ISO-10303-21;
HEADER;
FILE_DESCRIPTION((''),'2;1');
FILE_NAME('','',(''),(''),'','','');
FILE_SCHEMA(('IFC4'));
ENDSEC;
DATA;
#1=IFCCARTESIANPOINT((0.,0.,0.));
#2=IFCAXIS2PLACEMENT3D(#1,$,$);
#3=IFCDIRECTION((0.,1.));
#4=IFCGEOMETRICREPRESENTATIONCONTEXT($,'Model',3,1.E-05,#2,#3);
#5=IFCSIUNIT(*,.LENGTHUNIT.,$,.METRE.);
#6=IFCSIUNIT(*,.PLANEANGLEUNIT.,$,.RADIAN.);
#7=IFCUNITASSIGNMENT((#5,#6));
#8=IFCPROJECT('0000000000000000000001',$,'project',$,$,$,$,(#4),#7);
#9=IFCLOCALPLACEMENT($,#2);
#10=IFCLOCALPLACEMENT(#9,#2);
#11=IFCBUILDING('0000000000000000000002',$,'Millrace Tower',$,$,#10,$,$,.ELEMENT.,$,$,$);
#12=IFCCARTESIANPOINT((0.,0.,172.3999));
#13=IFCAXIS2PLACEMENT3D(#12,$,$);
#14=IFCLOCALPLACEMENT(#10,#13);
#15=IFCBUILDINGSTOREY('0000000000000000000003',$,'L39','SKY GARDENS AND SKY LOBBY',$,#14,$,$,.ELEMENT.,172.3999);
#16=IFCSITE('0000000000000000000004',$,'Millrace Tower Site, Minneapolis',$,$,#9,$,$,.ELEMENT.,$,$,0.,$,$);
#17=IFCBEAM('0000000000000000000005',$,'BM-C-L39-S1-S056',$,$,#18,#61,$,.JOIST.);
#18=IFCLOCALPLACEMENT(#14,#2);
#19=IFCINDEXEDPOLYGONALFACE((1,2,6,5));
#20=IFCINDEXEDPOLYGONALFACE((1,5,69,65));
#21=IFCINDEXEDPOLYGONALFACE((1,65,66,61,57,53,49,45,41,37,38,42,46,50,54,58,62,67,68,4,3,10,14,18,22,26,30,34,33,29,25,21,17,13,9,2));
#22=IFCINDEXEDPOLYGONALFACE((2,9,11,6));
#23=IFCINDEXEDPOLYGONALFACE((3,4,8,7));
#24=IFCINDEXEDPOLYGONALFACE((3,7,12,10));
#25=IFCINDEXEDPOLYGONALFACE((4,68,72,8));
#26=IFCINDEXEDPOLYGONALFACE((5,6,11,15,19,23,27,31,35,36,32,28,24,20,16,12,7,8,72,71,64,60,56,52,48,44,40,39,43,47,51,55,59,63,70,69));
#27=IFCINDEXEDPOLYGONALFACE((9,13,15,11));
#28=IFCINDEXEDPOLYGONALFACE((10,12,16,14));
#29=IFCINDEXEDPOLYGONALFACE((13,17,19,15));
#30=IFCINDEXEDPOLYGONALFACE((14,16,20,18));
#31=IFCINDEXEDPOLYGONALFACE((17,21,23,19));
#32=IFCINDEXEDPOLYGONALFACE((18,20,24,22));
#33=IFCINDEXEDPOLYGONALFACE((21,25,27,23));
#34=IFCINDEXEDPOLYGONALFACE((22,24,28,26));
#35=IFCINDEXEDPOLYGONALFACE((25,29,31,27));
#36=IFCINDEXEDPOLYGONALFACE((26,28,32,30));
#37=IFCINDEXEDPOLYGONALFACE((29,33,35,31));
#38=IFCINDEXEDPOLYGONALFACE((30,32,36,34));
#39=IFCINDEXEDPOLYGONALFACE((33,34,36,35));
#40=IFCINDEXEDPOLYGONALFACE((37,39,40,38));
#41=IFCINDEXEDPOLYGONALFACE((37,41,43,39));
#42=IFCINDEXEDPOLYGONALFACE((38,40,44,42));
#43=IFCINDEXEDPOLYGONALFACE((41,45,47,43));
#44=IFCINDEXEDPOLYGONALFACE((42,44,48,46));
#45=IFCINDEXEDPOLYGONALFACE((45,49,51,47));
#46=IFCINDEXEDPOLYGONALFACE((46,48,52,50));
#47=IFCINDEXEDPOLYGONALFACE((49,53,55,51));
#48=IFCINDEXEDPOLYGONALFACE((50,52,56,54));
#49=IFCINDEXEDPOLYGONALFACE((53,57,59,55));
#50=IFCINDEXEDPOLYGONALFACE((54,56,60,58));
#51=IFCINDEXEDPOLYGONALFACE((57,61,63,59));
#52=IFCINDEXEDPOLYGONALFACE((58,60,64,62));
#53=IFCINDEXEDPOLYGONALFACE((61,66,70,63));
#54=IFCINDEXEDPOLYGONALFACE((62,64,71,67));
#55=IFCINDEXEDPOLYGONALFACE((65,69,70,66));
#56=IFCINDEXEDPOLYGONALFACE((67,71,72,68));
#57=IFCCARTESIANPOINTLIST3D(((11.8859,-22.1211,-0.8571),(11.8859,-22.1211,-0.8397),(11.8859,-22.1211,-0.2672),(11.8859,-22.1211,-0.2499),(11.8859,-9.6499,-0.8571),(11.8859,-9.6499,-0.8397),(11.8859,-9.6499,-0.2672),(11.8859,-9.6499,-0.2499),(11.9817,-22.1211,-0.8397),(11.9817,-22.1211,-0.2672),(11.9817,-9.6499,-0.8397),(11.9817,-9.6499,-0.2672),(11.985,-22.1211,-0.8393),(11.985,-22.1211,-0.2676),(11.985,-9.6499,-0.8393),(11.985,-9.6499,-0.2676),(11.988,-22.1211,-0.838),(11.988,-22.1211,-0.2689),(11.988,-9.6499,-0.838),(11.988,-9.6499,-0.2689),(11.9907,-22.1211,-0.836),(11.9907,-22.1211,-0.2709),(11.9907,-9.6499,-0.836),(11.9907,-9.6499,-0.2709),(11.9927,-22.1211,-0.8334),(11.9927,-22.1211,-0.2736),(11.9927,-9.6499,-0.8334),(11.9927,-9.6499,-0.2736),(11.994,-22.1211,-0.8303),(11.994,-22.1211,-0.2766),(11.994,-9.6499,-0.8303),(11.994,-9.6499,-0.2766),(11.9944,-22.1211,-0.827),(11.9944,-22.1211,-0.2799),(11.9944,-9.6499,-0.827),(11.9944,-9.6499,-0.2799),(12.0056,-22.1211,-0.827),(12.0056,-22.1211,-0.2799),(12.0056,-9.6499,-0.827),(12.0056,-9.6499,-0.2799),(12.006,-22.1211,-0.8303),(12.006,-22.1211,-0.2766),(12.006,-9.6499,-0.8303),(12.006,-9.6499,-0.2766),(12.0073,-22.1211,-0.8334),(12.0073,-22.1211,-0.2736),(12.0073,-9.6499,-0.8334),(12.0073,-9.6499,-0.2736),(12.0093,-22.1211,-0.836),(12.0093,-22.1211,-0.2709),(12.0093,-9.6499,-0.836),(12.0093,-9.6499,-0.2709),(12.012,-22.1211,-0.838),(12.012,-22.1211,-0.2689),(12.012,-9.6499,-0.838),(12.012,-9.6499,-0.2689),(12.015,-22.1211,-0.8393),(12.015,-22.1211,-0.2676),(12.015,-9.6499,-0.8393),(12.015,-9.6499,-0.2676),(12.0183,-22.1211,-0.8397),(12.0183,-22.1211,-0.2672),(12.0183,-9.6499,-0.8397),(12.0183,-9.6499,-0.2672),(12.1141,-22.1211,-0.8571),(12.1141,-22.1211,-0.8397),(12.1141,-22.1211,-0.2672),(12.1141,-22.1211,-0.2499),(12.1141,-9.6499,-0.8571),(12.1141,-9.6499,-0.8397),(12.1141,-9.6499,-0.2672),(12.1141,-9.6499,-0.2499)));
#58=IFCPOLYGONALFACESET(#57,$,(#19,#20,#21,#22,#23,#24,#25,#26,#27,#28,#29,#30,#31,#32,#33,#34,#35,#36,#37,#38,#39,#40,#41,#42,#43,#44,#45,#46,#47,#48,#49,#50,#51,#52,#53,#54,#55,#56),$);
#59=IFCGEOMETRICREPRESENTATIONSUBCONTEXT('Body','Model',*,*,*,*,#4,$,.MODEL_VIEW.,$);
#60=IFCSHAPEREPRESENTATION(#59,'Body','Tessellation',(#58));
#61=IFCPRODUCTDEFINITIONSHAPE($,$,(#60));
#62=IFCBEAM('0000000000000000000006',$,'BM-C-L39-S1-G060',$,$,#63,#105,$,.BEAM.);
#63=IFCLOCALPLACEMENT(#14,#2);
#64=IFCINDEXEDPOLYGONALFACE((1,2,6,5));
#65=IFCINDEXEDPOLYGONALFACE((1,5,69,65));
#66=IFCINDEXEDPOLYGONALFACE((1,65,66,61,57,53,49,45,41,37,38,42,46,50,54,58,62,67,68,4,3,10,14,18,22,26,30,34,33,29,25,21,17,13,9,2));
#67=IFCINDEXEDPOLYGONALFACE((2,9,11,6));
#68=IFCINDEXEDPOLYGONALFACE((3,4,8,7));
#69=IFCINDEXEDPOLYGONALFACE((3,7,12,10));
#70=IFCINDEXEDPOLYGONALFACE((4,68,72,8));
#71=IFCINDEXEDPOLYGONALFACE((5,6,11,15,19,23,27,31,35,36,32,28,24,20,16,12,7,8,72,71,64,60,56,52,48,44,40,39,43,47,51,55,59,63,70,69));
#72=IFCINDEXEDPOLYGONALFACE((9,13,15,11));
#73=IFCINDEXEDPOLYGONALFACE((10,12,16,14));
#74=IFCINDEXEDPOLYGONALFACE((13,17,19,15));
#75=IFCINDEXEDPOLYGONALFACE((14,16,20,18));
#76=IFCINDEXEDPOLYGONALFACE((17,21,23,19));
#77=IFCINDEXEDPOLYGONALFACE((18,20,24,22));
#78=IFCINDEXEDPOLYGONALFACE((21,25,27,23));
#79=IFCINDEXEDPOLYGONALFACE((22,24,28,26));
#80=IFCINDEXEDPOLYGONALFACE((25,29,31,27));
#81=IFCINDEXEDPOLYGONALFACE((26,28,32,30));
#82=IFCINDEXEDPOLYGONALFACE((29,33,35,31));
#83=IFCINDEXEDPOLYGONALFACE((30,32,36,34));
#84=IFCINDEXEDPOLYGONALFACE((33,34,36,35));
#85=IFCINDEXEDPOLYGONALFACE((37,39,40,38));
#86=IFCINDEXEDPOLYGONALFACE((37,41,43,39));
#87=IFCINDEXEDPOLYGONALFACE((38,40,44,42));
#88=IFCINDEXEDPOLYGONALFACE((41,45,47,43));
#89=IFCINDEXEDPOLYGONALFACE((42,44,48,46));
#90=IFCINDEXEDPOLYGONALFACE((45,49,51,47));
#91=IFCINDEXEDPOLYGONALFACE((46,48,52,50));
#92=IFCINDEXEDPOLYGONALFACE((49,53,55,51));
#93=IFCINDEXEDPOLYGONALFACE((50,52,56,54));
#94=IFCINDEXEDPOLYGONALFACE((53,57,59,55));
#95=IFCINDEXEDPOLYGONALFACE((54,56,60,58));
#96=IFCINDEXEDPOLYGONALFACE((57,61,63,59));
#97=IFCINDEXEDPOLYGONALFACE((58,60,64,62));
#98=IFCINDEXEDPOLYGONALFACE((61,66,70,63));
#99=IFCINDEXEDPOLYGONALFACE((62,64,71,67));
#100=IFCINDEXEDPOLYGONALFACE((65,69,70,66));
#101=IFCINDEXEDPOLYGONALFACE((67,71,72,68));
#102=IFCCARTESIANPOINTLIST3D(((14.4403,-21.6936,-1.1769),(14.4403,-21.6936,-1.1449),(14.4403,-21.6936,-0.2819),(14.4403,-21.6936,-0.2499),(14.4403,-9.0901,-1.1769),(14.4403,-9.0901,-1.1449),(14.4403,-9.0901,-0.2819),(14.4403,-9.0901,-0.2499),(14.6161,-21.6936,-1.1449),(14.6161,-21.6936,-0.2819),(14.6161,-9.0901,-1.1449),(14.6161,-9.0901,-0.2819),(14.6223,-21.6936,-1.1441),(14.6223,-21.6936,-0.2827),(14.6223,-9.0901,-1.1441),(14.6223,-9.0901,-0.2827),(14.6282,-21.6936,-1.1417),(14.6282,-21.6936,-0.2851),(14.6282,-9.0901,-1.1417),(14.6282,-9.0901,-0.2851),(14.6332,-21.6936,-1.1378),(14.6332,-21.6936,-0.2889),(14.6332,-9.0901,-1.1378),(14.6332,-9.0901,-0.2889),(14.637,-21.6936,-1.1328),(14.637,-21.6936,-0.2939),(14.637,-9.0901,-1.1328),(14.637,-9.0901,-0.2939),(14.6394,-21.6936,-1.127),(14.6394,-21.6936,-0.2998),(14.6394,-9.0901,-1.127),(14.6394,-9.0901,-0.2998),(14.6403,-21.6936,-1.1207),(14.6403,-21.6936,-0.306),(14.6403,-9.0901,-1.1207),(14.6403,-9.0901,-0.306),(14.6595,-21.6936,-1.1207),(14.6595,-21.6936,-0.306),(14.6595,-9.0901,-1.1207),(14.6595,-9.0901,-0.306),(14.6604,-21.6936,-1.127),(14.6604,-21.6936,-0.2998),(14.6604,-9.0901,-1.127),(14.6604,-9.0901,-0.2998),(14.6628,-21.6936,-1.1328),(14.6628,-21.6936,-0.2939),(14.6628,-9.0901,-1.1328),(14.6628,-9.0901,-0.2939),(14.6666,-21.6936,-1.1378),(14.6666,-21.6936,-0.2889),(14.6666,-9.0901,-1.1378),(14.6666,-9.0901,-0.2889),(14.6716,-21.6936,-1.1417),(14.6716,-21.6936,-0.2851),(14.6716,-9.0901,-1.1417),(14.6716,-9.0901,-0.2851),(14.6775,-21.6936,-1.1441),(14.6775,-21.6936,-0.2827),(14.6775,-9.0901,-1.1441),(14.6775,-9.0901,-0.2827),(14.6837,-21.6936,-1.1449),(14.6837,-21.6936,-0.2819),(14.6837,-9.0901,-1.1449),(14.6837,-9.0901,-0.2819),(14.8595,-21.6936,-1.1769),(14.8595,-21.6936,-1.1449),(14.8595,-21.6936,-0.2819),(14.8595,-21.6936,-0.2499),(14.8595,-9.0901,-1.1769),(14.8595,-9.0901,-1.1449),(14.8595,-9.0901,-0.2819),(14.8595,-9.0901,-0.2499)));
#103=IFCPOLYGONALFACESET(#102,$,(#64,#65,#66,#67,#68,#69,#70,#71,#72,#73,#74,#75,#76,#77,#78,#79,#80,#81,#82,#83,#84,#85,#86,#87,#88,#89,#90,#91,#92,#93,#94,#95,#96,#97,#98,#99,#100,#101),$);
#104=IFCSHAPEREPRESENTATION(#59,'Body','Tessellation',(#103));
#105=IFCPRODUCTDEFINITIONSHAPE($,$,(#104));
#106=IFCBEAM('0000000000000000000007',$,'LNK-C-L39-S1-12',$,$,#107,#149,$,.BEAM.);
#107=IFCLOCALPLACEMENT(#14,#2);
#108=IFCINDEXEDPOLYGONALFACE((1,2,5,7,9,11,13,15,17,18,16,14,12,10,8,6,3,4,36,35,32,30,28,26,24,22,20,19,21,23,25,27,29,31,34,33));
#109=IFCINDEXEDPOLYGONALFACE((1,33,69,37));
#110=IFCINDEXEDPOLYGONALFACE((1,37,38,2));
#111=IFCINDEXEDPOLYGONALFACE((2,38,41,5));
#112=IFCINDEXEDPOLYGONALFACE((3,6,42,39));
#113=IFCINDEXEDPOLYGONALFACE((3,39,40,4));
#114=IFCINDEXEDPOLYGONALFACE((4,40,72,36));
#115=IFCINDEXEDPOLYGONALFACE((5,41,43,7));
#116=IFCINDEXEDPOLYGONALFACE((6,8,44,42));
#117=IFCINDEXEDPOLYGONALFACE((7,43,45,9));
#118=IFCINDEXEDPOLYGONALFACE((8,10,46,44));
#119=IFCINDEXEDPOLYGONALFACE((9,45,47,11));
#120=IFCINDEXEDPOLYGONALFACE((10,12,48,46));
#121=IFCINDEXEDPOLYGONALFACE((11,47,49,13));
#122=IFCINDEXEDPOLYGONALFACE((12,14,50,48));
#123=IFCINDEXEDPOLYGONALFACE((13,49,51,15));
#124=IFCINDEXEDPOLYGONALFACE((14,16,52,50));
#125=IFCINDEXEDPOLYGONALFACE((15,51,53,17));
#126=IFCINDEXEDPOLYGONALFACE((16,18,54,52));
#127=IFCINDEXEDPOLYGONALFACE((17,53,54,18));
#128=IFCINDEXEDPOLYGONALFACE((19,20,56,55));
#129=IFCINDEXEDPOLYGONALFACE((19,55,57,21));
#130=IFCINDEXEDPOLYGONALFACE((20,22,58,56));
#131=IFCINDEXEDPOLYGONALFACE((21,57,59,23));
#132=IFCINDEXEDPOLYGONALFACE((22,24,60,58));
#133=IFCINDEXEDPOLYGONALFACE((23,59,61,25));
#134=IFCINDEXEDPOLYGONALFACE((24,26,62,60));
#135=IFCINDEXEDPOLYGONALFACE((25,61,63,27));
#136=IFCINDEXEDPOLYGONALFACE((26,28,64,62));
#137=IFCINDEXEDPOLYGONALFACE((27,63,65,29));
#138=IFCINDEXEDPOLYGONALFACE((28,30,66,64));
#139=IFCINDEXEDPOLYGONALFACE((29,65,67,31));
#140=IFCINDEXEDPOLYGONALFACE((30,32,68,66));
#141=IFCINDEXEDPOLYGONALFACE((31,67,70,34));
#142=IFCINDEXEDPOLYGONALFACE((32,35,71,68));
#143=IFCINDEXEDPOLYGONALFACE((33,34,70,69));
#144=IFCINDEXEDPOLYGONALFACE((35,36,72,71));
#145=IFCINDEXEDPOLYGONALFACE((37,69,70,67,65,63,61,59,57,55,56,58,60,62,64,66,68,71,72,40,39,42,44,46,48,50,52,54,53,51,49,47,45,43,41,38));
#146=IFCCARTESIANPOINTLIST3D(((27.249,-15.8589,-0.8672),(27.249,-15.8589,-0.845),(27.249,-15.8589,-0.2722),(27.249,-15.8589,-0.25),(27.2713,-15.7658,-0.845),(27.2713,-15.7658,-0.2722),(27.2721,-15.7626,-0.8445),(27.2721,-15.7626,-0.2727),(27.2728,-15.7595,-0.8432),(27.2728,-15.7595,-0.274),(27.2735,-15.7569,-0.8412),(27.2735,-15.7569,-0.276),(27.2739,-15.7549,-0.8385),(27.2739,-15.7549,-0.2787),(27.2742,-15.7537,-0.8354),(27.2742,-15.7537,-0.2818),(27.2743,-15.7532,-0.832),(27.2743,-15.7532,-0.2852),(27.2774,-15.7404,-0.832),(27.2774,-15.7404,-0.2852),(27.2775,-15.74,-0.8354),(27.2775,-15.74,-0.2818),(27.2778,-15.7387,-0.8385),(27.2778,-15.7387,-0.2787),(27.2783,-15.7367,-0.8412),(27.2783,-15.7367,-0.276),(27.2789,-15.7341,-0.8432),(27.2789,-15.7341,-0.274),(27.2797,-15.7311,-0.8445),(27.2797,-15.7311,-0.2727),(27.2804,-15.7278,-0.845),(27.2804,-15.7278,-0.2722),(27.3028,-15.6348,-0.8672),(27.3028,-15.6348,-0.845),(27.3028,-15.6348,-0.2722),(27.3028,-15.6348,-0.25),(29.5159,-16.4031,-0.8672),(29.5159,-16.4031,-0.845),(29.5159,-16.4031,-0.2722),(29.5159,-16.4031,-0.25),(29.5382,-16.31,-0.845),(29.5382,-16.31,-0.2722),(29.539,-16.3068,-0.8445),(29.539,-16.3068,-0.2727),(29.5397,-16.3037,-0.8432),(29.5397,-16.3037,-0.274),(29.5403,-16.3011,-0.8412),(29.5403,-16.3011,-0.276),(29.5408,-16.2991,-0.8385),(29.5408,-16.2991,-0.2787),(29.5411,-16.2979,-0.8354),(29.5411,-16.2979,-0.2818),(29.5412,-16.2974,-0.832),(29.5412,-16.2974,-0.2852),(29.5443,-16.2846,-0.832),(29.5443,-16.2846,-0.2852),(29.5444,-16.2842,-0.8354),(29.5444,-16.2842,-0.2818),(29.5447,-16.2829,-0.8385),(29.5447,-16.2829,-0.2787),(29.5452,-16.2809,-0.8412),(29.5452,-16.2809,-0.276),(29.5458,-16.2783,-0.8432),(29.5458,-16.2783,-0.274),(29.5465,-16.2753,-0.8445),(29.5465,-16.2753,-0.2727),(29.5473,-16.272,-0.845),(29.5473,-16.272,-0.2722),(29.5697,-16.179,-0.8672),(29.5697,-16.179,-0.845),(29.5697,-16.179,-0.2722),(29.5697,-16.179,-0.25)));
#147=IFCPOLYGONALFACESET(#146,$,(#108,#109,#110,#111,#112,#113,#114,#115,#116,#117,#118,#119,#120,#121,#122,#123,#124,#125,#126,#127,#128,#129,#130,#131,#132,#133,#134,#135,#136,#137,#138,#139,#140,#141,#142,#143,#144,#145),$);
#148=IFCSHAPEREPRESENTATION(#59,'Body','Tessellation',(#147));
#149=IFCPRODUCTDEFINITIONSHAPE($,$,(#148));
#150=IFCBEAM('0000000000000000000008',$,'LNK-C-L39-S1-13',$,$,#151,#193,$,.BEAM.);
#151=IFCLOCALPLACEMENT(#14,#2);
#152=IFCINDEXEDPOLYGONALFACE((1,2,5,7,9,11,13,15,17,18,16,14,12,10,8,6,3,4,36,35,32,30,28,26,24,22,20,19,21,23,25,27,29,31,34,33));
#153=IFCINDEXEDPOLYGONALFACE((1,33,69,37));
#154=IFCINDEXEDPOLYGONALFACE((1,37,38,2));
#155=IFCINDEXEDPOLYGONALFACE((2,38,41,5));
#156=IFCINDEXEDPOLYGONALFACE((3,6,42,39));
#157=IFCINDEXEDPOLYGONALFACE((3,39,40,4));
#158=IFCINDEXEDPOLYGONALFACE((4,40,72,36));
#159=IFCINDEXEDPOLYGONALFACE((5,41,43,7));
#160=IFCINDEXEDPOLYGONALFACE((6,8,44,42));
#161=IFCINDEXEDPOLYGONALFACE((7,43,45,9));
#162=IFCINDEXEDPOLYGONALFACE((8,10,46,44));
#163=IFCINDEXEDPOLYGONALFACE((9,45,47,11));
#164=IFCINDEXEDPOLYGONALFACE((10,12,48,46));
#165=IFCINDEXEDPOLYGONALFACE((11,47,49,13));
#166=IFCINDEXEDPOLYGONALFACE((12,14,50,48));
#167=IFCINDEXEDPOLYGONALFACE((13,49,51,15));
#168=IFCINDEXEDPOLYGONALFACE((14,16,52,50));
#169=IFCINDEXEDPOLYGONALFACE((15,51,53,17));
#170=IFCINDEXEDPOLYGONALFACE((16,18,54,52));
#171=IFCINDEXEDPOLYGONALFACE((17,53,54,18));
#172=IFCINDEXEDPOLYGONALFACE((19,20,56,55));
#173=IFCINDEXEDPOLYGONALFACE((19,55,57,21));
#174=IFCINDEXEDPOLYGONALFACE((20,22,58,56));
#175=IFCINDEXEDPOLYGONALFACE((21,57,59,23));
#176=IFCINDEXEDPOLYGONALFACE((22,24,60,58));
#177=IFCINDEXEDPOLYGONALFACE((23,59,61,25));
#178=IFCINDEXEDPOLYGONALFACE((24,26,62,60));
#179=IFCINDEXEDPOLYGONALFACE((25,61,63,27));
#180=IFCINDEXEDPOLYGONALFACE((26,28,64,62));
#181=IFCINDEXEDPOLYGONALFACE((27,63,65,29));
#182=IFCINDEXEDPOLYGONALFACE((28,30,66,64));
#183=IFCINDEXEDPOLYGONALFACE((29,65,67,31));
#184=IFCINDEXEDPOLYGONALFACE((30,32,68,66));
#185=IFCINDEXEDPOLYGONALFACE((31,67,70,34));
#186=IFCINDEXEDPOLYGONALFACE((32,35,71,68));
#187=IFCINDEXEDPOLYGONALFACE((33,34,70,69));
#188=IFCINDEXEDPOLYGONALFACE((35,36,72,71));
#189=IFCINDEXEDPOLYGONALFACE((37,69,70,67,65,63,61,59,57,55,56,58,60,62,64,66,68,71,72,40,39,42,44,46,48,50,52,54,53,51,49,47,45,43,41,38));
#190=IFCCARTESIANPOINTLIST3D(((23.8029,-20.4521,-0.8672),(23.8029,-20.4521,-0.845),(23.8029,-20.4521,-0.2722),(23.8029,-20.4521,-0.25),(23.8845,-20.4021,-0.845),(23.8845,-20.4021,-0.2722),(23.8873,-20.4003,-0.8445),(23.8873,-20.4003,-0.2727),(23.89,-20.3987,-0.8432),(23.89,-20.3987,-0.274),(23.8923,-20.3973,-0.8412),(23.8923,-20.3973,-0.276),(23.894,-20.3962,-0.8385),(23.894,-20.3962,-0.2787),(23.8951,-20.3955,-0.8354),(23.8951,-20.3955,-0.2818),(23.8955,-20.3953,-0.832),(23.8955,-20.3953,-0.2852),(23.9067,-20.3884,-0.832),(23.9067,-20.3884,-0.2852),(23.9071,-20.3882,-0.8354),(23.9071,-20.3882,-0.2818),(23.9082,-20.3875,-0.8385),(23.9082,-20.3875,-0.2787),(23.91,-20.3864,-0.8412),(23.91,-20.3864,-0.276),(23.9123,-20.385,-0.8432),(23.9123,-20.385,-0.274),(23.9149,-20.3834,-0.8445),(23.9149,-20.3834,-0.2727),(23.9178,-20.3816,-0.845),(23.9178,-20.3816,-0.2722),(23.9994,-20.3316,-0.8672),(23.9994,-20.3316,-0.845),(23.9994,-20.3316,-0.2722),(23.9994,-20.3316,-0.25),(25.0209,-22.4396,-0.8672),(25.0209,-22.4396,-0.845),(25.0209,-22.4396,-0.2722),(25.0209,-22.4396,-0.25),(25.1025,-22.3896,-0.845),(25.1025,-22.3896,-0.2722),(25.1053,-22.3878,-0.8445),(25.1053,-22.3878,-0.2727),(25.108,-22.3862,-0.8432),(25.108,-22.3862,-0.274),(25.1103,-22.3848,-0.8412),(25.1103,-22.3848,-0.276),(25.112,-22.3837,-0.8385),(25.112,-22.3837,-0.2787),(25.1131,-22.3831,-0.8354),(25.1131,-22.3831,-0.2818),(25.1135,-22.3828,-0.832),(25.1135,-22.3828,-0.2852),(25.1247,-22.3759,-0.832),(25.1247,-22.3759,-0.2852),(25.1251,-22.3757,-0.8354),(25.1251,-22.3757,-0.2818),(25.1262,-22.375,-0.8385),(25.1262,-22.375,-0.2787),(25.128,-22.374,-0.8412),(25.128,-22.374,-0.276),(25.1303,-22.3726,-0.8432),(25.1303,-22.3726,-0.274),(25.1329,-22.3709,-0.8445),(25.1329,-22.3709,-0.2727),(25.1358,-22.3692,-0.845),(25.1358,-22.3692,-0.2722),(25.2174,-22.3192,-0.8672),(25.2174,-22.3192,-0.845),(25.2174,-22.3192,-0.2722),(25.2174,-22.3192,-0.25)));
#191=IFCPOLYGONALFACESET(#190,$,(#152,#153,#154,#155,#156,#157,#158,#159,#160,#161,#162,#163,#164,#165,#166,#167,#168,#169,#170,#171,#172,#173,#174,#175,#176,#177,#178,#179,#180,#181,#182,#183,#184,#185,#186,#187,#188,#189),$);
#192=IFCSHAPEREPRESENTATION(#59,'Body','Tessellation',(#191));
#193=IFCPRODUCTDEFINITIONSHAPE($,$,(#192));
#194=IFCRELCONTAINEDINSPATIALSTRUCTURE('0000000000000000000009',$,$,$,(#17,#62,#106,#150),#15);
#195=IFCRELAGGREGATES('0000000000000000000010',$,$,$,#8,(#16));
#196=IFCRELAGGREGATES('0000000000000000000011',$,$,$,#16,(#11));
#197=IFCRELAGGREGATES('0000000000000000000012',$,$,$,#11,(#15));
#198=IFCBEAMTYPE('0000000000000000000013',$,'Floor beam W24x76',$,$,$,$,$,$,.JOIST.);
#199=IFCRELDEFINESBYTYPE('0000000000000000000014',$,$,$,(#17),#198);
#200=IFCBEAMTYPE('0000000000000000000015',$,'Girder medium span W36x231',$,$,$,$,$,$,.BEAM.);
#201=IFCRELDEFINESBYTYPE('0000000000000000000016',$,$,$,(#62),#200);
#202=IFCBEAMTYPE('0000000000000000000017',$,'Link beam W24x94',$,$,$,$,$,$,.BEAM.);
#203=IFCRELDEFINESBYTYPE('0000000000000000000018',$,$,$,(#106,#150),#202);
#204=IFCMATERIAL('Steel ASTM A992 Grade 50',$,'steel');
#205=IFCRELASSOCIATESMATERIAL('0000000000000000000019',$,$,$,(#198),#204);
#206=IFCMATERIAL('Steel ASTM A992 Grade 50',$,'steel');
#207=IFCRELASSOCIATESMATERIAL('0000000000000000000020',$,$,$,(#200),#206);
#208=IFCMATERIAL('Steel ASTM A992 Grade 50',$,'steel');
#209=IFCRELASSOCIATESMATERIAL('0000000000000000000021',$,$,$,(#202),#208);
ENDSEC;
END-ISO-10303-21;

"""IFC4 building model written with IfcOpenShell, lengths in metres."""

from ifc_helpers import new_model, si_unit, direction, frame, origin, origin_2d, place, context, subcontext, project, spatial, i_section, extrude, material, material_profile, profile_set, type_object, element, save


model = new_model("IFC4")

# Units and contexts
model_context = context("Model", 3, precision=1e-05, world=origin(), true_north=direction((0.0, 1.0)))
body_context = subcontext(model_context, "Body", "Model", "MODEL_VIEW")
ifc_project = project(units=[si_unit("LENGTHUNIT", "METRE"), si_unit("PLANEANGLEUNIT", "RADIAN")], contexts=[model_context])

# Site, building, storey
site_placement = place(None, origin())
site = spatial("IfcSite", under=ifc_project, at=site_placement, Name="Millrace Tower Site, Minneapolis", CompositionType="ELEMENT", RefElevation=0.0)
building_placement = place(site_placement, origin())
building = spatial("IfcBuilding", under=site, at=building_placement, Name="Millrace Tower", CompositionType="ELEMENT")
storey_placement = place(building_placement, frame((0.0, 0.0, 172.3999)))
storey = spatial("IfcBuildingStorey", under=building, at=storey_placement, Name="L39", Description="SKY GARDENS AND SKY LOBBY", CompositionType="ELEMENT", Elevation=172.3999)

# Beams
ifc_material_1 = material(Name="Steel ASTM A992 Grade 50", Category="steel")
ifc_material_profile_1 = material_profile(ifc_material_1, i_section(OverallWidth=0.2283, OverallDepth=0.6072, WebThickness=0.0112, FlangeThickness=0.0173, FilletRadius=0.0127, at=origin_2d()))
ifc_profile_set_1 = profile_set([ifc_material_profile_1], Name="Steel ASTM A992 Grade 50")
beam_type_1 = type_object("IfcBeamType", Name="Floor beam W24x76", PredefinedType="JOIST", material=ifc_profile_set_1)
beam_1_placement = place(storey_placement, frame((12.0, -22.1211, -0.5535), z_axis=(0.0, 1.0, 0.0), x_axis=(-1.0, 0.0, 0.0)))
element("IfcBeam", 1, at=beam_1_placement, inside=storey, type_object=beam_type_1, Name="BM-C-L39-S1-S056", PredefinedType="JOIST", context=body_context, shape_type="SweptSolid", body=[
    extrude(i_section(OverallWidth=0.2283, OverallDepth=0.6072, WebThickness=0.0112, FlangeThickness=0.0173, FilletRadius=0.0127, at=origin_2d()), origin(), (0.0, 0.0, 1.0), 12.4712),
])
ifc_material_2 = material(Name="Steel ASTM A992 Grade 50", Category="steel")
ifc_material_profile_2 = material_profile(ifc_material_2, i_section(OverallWidth=0.4192, OverallDepth=0.927, WebThickness=0.0193, FlangeThickness=0.032, FilletRadius=0.0242, at=origin_2d()))
ifc_profile_set_2 = profile_set([ifc_material_profile_2], Name="Steel ASTM A992 Grade 50")
beam_type_2 = type_object("IfcBeamType", Name="Girder medium span W36x231", PredefinedType="BEAM", material=ifc_profile_set_2)
beam_2_placement = place(storey_placement, frame((14.6499, -21.6936, -0.7134), z_axis=(0.0, 1.0, 0.0), x_axis=(-1.0, 0.0, 0.0)))
element("IfcBeam", 2, at=beam_2_placement, inside=storey, type_object=beam_type_2, Name="BM-C-L39-S1-G060", PredefinedType="BEAM", context=body_context, shape_type="SweptSolid", body=[
    extrude(i_section(OverallWidth=0.4192, OverallDepth=0.927, WebThickness=0.0193, FlangeThickness=0.032, FilletRadius=0.0242, at=origin_2d()), origin(), (0.0, 0.0, 1.0), 12.6035),
])
ifc_material_3 = material(Name="Steel ASTM A992 Grade 50", Category="steel")
ifc_material_profile_3 = material_profile(ifc_material_3, i_section(OverallWidth=0.2305, OverallDepth=0.6172, WebThickness=0.0132, FlangeThickness=0.0222, FilletRadius=0.0129, at=origin_2d()))
ifc_profile_set_3 = profile_set([ifc_material_profile_3], Name="Steel ASTM A992 Grade 50")
beam_type_3 = type_object("IfcBeamType", Name="Link beam W24x94", PredefinedType="BEAM", material=ifc_profile_set_3)
beam_3_placement = place(storey_placement, frame((27.2759, -15.7468, -0.5586), z_axis=(0.972373, -0.233432, 0.0), x_axis=(0.233432, 0.972373, 0.0)))
element("IfcBeam", 3, at=beam_3_placement, inside=storey, type_object=beam_type_3, Name="LNK-C-L39-S1-12", PredefinedType="BEAM", context=body_context, shape_type="SweptSolid", body=[
    extrude(i_section(OverallWidth=0.2305, OverallDepth=0.6172, WebThickness=0.0132, FlangeThickness=0.0222, FilletRadius=0.0129, at=origin_2d()), origin(), (0.0, 0.0, 1.0), 2.3313),
])
beam_4_placement = place(storey_placement, frame((23.9011, -20.3918, -0.5586), z_axis=(0.522513, -0.852631, 0.0), x_axis=(0.852631, 0.522513, 0.0)))
element("IfcBeam", 4, at=beam_4_placement, inside=storey, type_object=beam_type_3, Name="LNK-C-L39-S1-13", PredefinedType="BEAM", context=body_context, shape_type="SweptSolid", body=[
    extrude(i_section(OverallWidth=0.2305, OverallDepth=0.6172, WebThickness=0.0132, FlangeThickness=0.0222, FilletRadius=0.0129, at=origin_2d()), origin(), (0.0, 0.0, 1.0), 2.3311),
])

save(model, "model.ifc")
